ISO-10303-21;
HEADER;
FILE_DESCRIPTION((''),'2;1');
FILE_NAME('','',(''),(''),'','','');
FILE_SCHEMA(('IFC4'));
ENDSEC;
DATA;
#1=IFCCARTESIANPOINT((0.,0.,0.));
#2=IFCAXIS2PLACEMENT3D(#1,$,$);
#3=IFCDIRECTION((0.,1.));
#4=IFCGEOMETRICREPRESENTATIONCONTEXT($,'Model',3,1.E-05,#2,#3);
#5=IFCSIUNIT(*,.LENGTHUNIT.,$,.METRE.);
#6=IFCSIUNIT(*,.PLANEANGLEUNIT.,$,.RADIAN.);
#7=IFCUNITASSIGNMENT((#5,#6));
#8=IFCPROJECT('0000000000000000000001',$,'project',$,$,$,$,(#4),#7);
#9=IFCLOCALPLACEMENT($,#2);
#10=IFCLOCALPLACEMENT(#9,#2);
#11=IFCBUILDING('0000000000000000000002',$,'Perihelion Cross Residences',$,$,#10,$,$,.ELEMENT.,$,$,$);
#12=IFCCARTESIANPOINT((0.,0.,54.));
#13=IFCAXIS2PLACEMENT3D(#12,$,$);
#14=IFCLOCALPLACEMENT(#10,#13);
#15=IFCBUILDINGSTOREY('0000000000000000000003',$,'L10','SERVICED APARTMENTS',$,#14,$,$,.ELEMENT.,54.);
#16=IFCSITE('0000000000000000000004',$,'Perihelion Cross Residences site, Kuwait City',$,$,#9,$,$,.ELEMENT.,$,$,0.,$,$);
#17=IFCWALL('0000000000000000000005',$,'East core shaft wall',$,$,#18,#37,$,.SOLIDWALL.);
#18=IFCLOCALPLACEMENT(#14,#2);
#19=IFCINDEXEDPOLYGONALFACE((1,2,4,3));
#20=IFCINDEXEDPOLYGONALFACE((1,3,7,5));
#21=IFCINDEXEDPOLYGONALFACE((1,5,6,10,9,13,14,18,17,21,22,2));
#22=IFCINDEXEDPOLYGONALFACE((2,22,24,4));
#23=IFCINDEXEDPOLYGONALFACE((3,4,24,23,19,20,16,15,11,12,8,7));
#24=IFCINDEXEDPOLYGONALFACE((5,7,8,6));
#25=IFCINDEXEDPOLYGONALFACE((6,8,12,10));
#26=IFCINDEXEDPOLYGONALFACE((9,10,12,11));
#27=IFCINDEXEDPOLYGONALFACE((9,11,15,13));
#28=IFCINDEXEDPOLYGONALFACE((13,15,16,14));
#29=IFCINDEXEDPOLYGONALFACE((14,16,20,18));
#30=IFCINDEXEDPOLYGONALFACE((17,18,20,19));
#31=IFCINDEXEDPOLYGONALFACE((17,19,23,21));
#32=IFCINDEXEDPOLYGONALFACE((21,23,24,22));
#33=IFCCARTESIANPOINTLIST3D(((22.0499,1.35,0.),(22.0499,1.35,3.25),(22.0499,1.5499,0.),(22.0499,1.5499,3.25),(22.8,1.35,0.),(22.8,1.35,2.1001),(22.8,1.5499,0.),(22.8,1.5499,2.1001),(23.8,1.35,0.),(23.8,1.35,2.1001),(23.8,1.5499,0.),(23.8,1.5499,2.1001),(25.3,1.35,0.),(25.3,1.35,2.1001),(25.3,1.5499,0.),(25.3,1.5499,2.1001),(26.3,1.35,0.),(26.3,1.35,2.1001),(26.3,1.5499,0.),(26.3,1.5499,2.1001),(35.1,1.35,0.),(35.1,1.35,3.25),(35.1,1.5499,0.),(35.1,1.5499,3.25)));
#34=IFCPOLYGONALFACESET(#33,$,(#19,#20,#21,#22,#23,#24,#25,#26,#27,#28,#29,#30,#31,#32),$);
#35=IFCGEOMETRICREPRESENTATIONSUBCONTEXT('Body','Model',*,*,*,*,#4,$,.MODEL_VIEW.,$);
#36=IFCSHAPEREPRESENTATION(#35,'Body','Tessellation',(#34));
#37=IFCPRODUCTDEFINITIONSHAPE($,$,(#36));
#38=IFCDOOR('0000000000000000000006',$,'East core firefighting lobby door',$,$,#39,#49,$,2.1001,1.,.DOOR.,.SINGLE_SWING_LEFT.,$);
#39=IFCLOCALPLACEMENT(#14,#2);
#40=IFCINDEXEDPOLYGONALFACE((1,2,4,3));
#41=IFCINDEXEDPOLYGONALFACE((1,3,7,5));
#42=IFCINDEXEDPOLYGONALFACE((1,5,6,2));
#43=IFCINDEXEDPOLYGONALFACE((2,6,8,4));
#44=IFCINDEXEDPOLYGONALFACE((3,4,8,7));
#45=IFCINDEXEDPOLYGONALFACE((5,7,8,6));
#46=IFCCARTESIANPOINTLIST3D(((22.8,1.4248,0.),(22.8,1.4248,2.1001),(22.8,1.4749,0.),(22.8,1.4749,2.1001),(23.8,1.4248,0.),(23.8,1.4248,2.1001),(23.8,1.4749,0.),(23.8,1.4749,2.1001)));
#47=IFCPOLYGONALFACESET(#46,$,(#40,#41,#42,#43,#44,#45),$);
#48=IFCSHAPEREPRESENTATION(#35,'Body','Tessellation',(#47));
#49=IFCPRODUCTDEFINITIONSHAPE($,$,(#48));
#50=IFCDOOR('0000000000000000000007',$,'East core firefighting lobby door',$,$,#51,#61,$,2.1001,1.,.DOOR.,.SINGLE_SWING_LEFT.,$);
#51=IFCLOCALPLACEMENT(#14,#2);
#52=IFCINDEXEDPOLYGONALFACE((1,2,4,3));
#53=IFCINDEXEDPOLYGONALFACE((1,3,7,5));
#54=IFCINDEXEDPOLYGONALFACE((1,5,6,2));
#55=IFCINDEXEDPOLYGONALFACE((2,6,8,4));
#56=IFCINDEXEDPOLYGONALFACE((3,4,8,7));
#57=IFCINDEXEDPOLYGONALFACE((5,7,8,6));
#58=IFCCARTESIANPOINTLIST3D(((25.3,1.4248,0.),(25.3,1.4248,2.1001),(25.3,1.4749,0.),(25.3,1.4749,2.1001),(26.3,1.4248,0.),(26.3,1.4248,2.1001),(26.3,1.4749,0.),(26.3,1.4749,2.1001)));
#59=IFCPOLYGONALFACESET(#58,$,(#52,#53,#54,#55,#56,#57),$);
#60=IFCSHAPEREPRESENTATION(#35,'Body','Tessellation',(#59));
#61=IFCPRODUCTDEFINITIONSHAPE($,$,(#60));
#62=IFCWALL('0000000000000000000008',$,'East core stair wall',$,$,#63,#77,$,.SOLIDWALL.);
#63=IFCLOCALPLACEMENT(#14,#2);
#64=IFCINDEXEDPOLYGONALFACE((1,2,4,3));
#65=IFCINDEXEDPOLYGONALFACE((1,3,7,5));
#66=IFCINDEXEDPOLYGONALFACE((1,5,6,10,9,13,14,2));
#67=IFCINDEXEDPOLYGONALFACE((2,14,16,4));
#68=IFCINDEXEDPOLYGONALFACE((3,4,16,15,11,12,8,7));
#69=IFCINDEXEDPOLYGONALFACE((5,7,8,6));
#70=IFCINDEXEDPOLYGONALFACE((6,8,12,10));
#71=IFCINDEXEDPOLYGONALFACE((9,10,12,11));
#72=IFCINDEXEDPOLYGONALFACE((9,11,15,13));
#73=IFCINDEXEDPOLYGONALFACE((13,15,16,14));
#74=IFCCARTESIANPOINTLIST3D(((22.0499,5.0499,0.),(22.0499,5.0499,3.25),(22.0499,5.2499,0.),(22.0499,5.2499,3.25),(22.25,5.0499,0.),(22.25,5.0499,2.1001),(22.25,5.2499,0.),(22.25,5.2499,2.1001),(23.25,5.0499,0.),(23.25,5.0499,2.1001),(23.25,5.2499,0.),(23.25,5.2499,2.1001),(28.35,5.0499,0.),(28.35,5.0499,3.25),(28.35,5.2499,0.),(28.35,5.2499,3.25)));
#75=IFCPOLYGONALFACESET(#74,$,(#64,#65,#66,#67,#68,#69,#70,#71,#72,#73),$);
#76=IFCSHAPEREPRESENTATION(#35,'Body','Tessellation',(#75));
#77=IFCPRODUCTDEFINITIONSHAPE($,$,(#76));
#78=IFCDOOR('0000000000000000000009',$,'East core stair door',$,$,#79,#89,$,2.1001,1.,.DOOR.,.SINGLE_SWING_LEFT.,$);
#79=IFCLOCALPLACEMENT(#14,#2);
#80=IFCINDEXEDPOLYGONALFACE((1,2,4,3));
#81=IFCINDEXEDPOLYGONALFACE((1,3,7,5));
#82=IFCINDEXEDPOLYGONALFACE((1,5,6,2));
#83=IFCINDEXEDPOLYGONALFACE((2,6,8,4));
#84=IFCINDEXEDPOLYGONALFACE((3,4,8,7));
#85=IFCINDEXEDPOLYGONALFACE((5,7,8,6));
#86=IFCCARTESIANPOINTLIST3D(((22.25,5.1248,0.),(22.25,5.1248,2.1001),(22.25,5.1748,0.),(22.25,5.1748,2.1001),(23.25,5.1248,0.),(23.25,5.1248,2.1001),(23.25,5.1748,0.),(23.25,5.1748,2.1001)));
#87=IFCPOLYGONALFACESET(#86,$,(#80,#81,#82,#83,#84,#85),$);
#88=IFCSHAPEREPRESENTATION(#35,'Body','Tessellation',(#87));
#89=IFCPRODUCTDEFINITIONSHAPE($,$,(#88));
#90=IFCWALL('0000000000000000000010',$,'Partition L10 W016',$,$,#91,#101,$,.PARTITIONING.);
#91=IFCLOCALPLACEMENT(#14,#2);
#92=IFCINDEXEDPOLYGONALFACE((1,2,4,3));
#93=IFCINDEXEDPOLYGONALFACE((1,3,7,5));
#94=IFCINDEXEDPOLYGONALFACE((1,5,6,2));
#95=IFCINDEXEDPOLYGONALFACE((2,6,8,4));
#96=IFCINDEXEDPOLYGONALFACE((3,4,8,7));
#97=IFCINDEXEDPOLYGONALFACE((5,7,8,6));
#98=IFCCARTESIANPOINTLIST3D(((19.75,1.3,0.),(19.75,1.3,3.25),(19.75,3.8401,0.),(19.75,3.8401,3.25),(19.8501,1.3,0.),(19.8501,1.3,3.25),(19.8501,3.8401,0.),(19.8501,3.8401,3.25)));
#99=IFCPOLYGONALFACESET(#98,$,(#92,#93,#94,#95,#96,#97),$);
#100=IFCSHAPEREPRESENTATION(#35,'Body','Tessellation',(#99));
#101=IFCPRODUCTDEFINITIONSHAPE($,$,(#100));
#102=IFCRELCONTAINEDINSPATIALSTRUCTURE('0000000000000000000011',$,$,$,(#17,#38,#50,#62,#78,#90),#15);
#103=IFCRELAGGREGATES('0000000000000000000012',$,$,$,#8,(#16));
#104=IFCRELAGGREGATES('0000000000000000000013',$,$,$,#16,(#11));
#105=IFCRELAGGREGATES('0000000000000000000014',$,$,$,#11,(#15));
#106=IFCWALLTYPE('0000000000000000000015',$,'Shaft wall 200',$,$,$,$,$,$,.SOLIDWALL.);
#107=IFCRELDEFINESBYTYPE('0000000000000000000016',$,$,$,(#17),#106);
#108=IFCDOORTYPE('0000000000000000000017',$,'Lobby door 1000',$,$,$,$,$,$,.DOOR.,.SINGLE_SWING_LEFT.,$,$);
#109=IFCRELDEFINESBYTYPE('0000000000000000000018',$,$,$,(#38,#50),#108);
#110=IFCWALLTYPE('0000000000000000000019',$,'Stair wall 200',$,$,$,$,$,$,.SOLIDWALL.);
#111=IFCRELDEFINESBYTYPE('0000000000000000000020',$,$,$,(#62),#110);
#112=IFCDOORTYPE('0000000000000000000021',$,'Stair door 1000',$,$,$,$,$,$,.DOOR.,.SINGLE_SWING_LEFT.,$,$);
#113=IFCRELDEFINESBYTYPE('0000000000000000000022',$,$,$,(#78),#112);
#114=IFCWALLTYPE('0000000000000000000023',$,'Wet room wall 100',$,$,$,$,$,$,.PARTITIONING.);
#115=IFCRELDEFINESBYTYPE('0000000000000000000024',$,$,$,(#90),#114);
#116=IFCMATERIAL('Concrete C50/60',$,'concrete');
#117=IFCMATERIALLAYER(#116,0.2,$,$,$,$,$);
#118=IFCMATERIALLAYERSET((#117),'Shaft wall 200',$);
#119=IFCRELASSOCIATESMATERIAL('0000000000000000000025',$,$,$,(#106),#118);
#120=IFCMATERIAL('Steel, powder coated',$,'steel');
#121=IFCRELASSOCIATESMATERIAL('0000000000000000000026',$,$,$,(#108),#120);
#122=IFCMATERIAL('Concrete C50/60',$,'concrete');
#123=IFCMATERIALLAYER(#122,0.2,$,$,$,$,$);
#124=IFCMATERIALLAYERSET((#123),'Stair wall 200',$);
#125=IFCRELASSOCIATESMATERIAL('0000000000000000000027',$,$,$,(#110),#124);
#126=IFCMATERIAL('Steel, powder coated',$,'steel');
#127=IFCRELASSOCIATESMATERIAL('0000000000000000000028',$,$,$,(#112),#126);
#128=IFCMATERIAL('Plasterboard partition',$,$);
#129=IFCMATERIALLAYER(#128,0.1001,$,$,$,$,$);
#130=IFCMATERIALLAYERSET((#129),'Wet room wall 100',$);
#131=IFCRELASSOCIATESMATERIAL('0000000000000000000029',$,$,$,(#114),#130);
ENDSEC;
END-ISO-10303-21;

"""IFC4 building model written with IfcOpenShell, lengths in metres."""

from ifc_helpers import new_model, si_unit, direction, frame, frame_2d, origin, place, context, subcontext, project, spatial, rectangle, extrude, material, layer, layer_set, type_object, element, fill, save


model = new_model("IFC4")

# Units and contexts
model_context = context("Model", 3, precision=1e-05, world=origin(), true_north=direction((0.0, 1.0)))
body_context = subcontext(model_context, "Body", "Model", "MODEL_VIEW")
ifc_project = project(units=[si_unit("LENGTHUNIT", "METRE"), si_unit("PLANEANGLEUNIT", "RADIAN")], contexts=[model_context])

# Site, building, storey
site_placement = place(None, origin())
site = spatial("IfcSite", under=ifc_project, at=site_placement, Name="Perihelion Cross Residences site, Kuwait City", CompositionType="ELEMENT", RefElevation=0.0)
building_placement = place(site_placement, origin())
building = spatial("IfcBuilding", under=site, at=building_placement, Name="Perihelion Cross Residences", CompositionType="ELEMENT")
storey_placement = place(building_placement, frame((0.0, 0.0, 54.0)))
storey = spatial("IfcBuildingStorey", under=building, at=storey_placement, Name="L10", Description="SERVICED APARTMENTS", CompositionType="ELEMENT", Elevation=54.0)

# Wall, openings, doors
ifc_material_1 = material(Name="Concrete C50/60", Category="concrete")
ifc_layer_1 = layer(ifc_material_1, 0.2)
ifc_layer_set_1 = layer_set([ifc_layer_1], Name="Shaft wall 200")
wall_type_1 = type_object("IfcWallType", Name="Shaft wall 200", PredefinedType="SOLIDWALL", material=ifc_layer_set_1)
wall_1_placement = place(storey_placement, frame((22.05, 1.45, 0.0), z_axis=(0.0, 0.0, 1.0), x_axis=(1.0, 0.0, 0.0)))
wall_1 = element("IfcWall", 1, at=wall_1_placement, inside=storey, type_object=wall_type_1, Name="East core shaft wall", PredefinedType="SOLIDWALL", context=body_context, shape_type="SweptSolid", body=[
    extrude(rectangle(XDim=13.05, YDim=0.2, at=frame_2d((6.5249, 0.0))), origin(), (0.0, 0.0, 1.0), 3.25),
])
opening_1_placement = place(wall_1_placement, frame((0.75, 0.0, 0.0)))
opening_1 = element("IfcOpeningElement", 2, at=opening_1_placement, cuts=wall_1, PredefinedType="OPENING", context=body_context, shape_type="SweptSolid", body=[
    extrude(rectangle(XDim=1.0, YDim=2.1001, at=frame_2d((0.5, 1.05))), frame((0.0, 0.1099, 0.0), z_axis=(0.0, -1.0, 0.0), x_axis=(1.0, 0.0, 0.0)), (0.0, 0.0, 1.0), 0.22),
])
opening_2_placement = place(wall_1_placement, frame((3.25, 0.0, 0.0)))
opening_2 = element("IfcOpeningElement", 3, at=opening_2_placement, cuts=wall_1, PredefinedType="OPENING", context=body_context, shape_type="SweptSolid", body=[
    extrude(rectangle(XDim=1.0, YDim=2.1001, at=frame_2d((0.5, 1.05))), frame((0.0, 0.1099, 0.0), z_axis=(0.0, -1.0, 0.0), x_axis=(1.0, 0.0, 0.0)), (0.0, 0.0, 1.0), 0.22),
])
ifc_material_2 = material(Name="Steel, powder coated", Category="steel")
door_type_1 = type_object("IfcDoorType", Name="Lobby door 1000", OperationType="SINGLE_SWING_LEFT", PredefinedType="DOOR", material=ifc_material_2)
door_1_placement = place(opening_1_placement, origin())
door_1 = element("IfcDoor", 4, at=door_1_placement, inside=storey, type_object=door_type_1, Name="East core firefighting lobby door", OperationType="SINGLE_SWING_LEFT", OverallHeight=2.1001, OverallWidth=1.0, PredefinedType="DOOR", context=body_context, shape_type="SweptSolid", body=[
    extrude(rectangle(XDim=1.0, YDim=2.1001, at=frame_2d((0.5, 1.05))), frame((0.0, 0.0249, 0.0), z_axis=(0.0, -1.0, 0.0), x_axis=(1.0, 0.0, 0.0)), (0.0, 0.0, 1.0), 0.05),
])
fill(opening_1, door_1)
door_2_placement = place(opening_2_placement, origin())
door_2 = element("IfcDoor", 5, at=door_2_placement, inside=storey, type_object=door_type_1, Name="East core firefighting lobby door", OperationType="SINGLE_SWING_LEFT", OverallHeight=2.1001, OverallWidth=1.0, PredefinedType="DOOR", context=body_context, shape_type="SweptSolid", body=[
    extrude(rectangle(XDim=1.0, YDim=2.1001, at=frame_2d((0.5, 1.05))), frame((0.0, 0.0249, 0.0), z_axis=(0.0, -1.0, 0.0), x_axis=(1.0, 0.0, 0.0)), (0.0, 0.0, 1.0), 0.05),
])
fill(opening_2, door_2)

# Wall, opening, door
ifc_material_3 = material(Name="Concrete C50/60", Category="concrete")
ifc_layer_2 = layer(ifc_material_3, 0.2)
ifc_layer_set_2 = layer_set([ifc_layer_2], Name="Stair wall 200")
wall_type_2 = type_object("IfcWallType", Name="Stair wall 200", PredefinedType="SOLIDWALL", material=ifc_layer_set_2)
wall_2_placement = place(storey_placement, frame((22.05, 5.1499, 0.0), z_axis=(0.0, 0.0, 1.0), x_axis=(1.0, 0.0, 0.0)))
wall_2 = element("IfcWall", 6, at=wall_2_placement, inside=storey, type_object=wall_type_2, Name="East core stair wall", PredefinedType="SOLIDWALL", context=body_context, shape_type="SweptSolid", body=[
    extrude(rectangle(XDim=6.3, YDim=0.2, at=frame_2d((3.1499, 0.0))), origin(), (0.0, 0.0, 1.0), 3.25),
])
opening_3_placement = place(wall_2_placement, frame((0.2, 0.0, 0.0)))
opening_3 = element("IfcOpeningElement", 7, at=opening_3_placement, cuts=wall_2, PredefinedType="OPENING", context=body_context, shape_type="SweptSolid", body=[
    extrude(rectangle(XDim=1.0, YDim=2.1001, at=frame_2d((0.5, 1.05))), frame((0.0, 0.1099, 0.0), z_axis=(0.0, -1.0, 0.0), x_axis=(1.0, 0.0, 0.0)), (0.0, 0.0, 1.0), 0.22),
])
ifc_material_4 = material(Name="Steel, powder coated", Category="steel")
door_type_2 = type_object("IfcDoorType", Name="Stair door 1000", OperationType="SINGLE_SWING_LEFT", PredefinedType="DOOR", material=ifc_material_4)
door_3_placement = place(opening_3_placement, origin())
door_3 = element("IfcDoor", 8, at=door_3_placement, inside=storey, type_object=door_type_2, Name="East core stair door", OperationType="SINGLE_SWING_LEFT", OverallHeight=2.1001, OverallWidth=1.0, PredefinedType="DOOR", context=body_context, shape_type="SweptSolid", body=[
    extrude(rectangle(XDim=1.0, YDim=2.1001, at=frame_2d((0.5, 1.05))), frame((0.0, 0.0249, 0.0), z_axis=(0.0, -1.0, 0.0), x_axis=(1.0, 0.0, 0.0)), (0.0, 0.0, 1.0), 0.05),
])
fill(opening_3, door_3)

# Wall
ifc_material_5 = material(Name="Plasterboard partition")
ifc_layer_3 = layer(ifc_material_5, 0.1001)
ifc_layer_set_3 = layer_set([ifc_layer_3], Name="Wet room wall 100")
wall_type_3 = type_object("IfcWallType", Name="Wet room wall 100", PredefinedType="PARTITIONING", material=ifc_layer_set_3)
wall_3_placement = place(storey_placement, frame((19.8, 3.8401, 0.0), z_axis=(0.0, 0.0, 1.0), x_axis=(0.0, -1.0, 0.0)))
element("IfcWall", 9, at=wall_3_placement, inside=storey, type_object=wall_type_3, Name="Partition L10 W016", PredefinedType="PARTITIONING", context=body_context, shape_type="SweptSolid", body=[
    extrude(rectangle(XDim=2.54, YDim=0.1001, at=frame_2d((1.27, 0.0))), origin(), (0.0, 0.0, 1.0), 3.25),
])

save(model, "model.ifc")
